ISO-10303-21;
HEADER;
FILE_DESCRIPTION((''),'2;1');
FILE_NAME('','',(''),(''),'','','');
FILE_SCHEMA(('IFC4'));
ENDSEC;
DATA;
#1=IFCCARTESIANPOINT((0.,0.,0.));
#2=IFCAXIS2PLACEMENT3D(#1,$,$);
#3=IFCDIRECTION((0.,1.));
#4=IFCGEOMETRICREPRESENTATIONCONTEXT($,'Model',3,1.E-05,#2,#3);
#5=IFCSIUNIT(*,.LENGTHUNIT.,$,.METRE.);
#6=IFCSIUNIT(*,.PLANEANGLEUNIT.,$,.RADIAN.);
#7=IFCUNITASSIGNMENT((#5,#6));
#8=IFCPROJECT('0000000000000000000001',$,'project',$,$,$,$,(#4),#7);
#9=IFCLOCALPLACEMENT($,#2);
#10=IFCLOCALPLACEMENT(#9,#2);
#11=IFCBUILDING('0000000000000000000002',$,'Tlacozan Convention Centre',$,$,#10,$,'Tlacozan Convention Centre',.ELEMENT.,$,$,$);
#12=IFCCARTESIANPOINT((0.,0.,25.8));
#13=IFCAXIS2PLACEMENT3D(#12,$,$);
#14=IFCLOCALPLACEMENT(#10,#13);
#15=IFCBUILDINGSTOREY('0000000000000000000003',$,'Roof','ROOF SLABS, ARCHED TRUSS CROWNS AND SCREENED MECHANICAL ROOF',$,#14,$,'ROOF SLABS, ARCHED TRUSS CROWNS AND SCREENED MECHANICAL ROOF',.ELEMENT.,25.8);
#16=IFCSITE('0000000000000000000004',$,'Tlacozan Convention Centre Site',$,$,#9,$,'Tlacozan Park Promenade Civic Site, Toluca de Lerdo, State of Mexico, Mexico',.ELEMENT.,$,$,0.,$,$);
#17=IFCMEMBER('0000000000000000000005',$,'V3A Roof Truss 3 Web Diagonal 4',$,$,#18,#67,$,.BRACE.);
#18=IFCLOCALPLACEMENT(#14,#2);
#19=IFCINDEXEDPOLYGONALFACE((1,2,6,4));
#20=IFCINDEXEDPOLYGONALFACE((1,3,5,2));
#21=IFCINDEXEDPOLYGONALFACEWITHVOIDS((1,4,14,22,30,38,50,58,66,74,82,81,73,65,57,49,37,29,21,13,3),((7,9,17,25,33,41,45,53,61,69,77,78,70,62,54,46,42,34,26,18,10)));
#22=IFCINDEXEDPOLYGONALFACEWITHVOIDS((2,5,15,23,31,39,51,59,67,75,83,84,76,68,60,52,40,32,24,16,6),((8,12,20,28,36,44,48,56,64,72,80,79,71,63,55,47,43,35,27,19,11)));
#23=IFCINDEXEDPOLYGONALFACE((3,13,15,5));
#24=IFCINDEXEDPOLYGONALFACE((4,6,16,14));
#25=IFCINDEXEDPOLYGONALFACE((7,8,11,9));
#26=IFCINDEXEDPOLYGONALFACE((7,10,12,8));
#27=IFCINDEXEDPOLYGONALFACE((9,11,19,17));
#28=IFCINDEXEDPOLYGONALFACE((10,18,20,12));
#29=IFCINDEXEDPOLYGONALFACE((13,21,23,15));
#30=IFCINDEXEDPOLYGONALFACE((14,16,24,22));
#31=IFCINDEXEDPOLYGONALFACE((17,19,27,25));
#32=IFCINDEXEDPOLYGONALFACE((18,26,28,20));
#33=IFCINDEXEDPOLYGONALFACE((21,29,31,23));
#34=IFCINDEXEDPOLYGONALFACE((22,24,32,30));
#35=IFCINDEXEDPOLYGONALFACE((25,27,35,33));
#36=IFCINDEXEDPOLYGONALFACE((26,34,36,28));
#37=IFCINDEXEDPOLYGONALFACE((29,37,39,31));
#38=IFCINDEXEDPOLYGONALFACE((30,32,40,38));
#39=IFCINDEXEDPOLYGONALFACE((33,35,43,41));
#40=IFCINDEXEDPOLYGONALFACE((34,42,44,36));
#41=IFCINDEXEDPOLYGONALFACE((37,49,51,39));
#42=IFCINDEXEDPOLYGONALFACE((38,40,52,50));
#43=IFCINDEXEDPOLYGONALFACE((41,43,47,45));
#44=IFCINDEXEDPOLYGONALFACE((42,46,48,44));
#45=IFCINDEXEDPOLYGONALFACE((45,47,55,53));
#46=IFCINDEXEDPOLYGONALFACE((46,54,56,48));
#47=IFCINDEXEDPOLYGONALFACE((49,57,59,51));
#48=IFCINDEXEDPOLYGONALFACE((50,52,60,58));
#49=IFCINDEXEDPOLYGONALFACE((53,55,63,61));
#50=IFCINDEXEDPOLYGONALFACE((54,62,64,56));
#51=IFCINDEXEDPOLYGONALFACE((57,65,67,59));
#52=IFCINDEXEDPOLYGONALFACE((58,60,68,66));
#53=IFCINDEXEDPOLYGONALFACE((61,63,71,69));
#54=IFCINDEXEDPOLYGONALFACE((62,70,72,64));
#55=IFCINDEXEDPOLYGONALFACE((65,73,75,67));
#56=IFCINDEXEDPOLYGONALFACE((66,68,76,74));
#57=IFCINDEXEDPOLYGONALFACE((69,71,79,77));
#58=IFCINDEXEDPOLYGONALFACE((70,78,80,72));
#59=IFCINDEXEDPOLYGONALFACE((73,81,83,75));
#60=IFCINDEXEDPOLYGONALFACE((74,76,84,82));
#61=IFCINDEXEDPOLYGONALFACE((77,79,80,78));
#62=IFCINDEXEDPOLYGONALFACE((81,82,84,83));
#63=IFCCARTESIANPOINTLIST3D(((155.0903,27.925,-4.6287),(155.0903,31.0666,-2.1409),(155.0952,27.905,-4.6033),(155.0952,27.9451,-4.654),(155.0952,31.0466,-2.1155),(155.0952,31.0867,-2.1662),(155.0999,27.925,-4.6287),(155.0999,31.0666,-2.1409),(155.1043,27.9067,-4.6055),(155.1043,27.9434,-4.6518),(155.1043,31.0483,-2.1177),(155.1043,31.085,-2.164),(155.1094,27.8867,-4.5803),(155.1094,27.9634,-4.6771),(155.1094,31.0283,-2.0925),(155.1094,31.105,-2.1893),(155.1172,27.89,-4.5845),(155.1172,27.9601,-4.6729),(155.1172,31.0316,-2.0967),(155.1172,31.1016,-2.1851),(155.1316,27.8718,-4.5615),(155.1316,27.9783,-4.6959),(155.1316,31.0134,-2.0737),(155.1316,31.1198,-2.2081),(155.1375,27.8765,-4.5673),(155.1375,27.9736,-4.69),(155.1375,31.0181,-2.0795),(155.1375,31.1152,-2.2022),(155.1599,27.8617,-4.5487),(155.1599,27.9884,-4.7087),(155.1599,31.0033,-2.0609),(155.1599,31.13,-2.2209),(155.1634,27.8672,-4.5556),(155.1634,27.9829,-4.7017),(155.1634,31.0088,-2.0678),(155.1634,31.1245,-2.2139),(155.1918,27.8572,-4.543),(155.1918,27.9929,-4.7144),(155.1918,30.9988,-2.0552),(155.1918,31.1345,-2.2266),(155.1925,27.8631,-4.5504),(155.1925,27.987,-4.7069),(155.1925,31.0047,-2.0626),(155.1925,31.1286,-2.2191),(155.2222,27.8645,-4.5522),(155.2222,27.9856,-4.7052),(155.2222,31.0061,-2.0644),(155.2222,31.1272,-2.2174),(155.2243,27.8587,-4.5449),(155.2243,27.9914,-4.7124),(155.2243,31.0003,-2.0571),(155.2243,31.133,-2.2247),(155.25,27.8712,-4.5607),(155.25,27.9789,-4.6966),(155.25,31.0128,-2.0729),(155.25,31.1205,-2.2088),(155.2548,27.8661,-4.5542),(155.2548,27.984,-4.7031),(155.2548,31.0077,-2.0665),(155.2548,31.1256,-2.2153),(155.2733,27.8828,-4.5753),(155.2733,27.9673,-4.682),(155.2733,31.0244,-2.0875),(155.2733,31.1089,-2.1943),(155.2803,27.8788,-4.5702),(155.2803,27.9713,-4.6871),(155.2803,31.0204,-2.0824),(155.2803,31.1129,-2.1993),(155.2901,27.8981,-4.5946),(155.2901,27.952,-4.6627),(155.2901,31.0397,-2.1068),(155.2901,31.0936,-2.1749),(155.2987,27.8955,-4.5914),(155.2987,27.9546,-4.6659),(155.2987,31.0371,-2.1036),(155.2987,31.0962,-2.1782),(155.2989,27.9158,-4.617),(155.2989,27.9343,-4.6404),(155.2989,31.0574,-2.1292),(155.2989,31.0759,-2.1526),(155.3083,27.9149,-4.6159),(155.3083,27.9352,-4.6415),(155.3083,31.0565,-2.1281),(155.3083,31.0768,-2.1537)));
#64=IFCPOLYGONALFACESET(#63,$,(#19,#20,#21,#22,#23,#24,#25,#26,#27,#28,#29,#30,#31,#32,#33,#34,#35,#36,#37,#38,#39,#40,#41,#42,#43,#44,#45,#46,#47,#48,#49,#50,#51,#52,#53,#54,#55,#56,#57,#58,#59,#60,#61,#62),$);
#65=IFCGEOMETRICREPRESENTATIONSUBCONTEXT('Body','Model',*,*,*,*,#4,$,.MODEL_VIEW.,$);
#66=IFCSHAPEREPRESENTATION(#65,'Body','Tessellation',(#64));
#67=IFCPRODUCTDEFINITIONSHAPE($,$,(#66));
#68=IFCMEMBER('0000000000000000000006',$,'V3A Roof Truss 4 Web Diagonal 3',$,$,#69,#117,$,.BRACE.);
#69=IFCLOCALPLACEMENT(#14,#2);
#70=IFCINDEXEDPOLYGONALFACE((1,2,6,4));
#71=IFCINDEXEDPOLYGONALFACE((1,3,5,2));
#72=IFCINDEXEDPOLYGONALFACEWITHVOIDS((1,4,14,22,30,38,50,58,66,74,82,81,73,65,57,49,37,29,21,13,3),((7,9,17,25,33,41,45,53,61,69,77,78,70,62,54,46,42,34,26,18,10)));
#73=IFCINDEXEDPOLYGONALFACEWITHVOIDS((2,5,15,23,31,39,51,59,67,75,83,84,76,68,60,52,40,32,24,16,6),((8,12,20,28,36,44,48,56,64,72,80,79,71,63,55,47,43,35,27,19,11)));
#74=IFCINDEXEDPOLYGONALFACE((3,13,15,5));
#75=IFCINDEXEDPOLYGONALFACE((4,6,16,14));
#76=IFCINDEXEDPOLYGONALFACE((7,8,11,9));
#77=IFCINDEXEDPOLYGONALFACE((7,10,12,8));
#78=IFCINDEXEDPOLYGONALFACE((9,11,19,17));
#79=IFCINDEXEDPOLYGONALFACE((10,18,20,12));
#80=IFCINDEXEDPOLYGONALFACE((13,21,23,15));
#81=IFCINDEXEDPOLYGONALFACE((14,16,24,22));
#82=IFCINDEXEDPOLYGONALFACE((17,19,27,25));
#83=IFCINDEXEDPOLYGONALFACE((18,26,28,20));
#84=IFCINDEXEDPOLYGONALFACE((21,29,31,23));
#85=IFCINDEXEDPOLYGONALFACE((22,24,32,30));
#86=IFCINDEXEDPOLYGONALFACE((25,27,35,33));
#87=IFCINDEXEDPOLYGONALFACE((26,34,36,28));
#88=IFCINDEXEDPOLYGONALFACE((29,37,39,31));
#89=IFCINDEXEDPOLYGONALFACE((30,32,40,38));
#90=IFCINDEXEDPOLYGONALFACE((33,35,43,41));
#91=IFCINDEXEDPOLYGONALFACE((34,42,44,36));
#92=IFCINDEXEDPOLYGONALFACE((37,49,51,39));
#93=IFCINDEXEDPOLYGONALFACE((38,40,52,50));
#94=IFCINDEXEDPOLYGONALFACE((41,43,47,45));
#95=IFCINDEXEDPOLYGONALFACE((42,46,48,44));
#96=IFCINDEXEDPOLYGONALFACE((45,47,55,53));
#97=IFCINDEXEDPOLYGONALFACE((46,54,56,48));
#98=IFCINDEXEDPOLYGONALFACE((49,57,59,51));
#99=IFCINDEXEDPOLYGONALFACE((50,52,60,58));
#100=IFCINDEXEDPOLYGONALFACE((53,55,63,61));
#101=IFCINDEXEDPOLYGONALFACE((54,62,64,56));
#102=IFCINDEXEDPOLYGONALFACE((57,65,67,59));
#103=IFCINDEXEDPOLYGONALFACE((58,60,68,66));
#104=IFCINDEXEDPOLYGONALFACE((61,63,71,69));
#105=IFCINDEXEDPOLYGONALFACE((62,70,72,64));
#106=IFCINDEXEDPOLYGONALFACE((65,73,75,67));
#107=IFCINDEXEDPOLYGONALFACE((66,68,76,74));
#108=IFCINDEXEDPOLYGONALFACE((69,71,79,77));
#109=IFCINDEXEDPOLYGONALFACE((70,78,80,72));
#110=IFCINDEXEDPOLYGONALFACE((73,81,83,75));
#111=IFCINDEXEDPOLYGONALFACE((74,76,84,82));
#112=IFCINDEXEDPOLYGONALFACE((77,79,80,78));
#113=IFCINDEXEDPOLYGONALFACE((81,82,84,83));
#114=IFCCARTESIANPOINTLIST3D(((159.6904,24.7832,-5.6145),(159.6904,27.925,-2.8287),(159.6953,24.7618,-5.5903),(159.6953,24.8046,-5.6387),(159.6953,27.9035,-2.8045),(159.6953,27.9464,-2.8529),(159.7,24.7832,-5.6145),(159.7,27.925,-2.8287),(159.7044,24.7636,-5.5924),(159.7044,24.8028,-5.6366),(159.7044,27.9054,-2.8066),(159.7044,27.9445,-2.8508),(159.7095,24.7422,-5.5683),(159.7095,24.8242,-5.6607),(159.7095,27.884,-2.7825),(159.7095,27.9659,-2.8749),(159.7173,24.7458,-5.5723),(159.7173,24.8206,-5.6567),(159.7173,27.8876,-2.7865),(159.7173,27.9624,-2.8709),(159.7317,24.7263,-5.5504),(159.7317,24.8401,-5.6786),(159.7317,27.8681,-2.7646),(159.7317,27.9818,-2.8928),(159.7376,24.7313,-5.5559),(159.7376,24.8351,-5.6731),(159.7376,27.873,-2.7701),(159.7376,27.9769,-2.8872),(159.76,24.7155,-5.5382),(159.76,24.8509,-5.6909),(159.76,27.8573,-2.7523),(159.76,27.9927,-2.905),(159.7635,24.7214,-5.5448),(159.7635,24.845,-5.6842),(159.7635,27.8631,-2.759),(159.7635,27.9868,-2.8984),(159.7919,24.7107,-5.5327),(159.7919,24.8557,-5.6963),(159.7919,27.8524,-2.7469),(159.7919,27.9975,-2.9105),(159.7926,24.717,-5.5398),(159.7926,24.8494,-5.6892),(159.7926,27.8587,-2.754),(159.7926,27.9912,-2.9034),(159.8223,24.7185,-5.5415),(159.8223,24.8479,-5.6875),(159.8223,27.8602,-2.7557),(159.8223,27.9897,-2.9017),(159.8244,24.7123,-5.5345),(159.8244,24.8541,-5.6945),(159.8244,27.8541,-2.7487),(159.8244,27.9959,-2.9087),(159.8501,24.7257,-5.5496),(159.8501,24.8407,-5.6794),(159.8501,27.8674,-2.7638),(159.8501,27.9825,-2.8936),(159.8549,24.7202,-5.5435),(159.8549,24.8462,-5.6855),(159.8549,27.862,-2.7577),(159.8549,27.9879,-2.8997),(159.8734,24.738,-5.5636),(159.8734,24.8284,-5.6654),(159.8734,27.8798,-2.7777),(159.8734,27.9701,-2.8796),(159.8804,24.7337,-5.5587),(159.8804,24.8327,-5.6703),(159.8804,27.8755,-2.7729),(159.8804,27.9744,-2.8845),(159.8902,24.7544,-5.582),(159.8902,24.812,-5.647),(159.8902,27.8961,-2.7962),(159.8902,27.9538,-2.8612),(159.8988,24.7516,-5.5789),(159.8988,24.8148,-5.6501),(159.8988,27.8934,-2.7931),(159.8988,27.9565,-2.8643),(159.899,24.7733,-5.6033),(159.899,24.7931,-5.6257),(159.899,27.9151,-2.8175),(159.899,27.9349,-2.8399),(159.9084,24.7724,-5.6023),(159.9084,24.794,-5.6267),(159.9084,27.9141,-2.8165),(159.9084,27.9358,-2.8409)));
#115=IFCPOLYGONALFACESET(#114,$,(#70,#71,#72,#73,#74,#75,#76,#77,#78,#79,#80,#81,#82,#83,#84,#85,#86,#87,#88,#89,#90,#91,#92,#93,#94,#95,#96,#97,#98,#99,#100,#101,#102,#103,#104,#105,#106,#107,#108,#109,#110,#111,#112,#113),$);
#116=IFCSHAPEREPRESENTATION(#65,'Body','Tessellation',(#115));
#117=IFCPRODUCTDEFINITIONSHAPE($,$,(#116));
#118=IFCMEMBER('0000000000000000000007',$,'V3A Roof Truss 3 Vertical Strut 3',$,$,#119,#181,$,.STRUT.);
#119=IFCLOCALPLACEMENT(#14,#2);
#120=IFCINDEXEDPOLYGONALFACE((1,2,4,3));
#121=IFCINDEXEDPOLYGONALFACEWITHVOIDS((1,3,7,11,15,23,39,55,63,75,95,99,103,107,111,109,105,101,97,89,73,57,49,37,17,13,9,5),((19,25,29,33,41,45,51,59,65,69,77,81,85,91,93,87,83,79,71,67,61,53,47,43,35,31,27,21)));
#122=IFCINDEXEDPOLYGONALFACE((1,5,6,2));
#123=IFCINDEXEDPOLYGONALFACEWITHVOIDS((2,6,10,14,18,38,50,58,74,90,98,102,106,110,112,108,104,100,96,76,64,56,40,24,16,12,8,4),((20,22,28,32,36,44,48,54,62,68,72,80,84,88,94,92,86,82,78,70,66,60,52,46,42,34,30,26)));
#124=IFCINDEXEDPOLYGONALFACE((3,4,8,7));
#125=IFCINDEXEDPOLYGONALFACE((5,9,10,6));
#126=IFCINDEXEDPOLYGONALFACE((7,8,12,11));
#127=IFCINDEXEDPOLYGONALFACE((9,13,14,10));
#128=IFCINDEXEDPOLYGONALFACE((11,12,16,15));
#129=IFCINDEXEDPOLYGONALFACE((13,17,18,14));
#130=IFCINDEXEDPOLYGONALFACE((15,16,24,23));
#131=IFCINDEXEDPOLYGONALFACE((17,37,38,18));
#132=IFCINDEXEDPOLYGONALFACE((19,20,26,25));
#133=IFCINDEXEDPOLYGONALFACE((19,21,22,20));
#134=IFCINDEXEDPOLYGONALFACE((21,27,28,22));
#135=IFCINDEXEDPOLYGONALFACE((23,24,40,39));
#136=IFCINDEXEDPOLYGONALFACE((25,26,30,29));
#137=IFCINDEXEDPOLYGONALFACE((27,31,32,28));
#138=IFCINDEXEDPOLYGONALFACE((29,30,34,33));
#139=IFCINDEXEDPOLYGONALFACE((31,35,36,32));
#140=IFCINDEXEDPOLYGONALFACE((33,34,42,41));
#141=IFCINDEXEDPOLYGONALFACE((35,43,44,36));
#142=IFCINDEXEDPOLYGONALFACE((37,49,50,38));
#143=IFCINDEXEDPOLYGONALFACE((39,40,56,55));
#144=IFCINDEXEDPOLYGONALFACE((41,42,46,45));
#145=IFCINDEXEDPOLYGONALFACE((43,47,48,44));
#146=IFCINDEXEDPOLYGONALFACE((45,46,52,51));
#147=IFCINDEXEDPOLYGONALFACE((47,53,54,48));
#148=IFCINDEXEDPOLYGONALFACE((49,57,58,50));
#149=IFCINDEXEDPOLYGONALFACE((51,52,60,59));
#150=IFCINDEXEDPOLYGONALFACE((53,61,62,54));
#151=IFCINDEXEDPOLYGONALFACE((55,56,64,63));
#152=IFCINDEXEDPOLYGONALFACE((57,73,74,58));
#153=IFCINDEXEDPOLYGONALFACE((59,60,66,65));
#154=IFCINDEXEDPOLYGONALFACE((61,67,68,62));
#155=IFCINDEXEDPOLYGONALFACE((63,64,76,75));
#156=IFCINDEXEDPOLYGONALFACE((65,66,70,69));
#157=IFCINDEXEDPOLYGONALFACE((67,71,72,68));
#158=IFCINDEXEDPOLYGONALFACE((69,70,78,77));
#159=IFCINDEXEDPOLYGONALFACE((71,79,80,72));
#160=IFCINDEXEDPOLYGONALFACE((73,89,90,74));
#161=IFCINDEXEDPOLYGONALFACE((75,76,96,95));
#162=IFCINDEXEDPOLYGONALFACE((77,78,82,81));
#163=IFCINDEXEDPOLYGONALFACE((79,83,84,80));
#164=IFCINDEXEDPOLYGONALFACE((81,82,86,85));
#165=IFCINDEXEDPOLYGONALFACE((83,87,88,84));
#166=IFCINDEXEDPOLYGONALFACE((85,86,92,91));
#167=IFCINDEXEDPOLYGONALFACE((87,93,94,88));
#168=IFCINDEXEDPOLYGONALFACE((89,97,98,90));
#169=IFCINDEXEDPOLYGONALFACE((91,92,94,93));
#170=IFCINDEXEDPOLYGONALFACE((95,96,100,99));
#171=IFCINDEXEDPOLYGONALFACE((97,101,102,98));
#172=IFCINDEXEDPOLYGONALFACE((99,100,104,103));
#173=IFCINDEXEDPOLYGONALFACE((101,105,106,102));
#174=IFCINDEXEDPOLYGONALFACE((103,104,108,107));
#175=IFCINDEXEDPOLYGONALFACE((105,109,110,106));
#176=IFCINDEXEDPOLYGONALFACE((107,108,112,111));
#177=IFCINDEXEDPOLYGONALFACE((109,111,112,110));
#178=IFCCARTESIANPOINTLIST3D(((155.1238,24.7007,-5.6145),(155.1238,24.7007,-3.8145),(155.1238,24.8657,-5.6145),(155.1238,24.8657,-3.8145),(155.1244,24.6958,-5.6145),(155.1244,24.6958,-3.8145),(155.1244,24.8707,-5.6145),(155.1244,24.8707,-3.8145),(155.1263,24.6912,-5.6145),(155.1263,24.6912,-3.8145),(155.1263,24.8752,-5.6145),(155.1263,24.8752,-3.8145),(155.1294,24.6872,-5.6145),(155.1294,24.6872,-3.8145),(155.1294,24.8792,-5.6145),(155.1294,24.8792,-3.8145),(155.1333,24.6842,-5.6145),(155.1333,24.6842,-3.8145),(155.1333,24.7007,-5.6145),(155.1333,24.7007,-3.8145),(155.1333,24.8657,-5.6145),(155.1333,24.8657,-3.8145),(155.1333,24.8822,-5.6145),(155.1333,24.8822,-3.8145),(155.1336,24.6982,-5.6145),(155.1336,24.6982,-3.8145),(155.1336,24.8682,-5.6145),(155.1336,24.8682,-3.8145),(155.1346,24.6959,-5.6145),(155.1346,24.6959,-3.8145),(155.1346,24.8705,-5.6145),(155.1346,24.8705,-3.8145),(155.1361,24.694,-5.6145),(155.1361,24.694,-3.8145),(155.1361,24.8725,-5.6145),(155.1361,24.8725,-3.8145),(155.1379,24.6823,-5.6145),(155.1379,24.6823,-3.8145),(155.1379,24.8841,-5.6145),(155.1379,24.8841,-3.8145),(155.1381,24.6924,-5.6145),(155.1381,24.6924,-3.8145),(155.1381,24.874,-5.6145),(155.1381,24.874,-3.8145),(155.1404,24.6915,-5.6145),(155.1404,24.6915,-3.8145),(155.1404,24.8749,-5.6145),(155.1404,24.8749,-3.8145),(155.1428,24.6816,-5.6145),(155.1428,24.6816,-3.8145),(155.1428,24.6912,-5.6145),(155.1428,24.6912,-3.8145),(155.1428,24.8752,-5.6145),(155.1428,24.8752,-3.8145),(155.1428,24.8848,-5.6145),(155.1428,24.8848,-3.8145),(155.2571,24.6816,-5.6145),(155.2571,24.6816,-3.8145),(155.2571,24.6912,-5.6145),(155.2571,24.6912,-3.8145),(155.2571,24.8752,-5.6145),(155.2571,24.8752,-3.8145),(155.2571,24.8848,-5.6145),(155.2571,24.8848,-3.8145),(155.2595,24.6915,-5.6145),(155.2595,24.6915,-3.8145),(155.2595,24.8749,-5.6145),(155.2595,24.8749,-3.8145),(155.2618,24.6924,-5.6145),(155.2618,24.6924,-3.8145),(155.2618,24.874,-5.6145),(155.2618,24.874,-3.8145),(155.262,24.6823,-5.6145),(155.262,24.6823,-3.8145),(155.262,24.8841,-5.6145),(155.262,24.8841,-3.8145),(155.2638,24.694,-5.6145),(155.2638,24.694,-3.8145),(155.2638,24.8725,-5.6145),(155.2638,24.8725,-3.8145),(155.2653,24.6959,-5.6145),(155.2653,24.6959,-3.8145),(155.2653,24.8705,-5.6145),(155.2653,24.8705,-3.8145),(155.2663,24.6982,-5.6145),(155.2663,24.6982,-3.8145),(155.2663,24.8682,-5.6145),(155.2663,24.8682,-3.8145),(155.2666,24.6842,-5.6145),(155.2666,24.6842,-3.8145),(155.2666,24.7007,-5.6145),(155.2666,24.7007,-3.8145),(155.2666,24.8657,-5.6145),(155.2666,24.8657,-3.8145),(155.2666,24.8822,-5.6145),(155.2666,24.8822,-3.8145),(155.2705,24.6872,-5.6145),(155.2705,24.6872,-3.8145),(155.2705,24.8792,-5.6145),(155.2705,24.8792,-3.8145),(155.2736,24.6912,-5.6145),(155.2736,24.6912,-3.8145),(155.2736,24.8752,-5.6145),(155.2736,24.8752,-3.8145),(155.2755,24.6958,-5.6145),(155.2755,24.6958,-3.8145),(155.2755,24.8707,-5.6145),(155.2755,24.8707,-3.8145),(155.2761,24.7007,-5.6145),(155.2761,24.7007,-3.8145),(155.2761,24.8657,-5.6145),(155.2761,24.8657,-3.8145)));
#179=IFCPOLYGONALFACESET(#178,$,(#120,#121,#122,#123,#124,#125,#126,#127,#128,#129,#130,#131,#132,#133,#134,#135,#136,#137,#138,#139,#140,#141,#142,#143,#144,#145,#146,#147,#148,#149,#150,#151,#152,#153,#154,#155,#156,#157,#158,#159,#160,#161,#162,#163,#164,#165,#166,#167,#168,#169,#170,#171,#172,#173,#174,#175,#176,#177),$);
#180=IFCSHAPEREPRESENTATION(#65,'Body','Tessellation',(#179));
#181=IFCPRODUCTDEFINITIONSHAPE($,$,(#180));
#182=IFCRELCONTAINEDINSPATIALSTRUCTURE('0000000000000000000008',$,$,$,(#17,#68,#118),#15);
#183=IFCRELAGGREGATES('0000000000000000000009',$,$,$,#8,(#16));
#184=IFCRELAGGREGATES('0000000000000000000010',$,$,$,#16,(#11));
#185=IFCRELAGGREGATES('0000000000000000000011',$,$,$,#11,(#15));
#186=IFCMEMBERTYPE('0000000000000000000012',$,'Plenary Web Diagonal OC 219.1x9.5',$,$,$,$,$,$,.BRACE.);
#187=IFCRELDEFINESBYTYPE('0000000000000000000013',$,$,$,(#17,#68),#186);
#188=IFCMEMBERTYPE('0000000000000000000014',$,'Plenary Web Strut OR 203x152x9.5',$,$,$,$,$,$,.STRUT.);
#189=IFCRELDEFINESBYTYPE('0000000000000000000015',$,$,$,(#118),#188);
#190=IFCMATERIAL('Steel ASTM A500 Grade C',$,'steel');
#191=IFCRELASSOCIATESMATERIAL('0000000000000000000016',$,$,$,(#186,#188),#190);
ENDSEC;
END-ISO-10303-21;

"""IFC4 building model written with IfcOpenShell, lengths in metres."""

from ifc_helpers import new_model, si_unit, direction, frame, origin, origin_2d, place, context, subcontext, project, spatial, hollow_rectangle, hollow_circle, extrude, material, material_profile, profile_set, type_object, element, save


model = new_model("IFC4")

# Units and contexts
model_context = context("Model", 3, precision=1e-05, world=origin(), true_north=direction((0.0, 1.0)))
body_context = subcontext(model_context, "Body", "Model", "MODEL_VIEW")
ifc_project = project(units=[si_unit("LENGTHUNIT", "METRE"), si_unit("PLANEANGLEUNIT", "RADIAN")], contexts=[model_context])

# Site, building, storey
site_placement = place(None, origin())
site = spatial("IfcSite", under=ifc_project, at=site_placement, Name="Tlacozan Convention Centre Site", LongName="Tlacozan Park Promenade Civic Site, Toluca de Lerdo, State of Mexico, Mexico", CompositionType="ELEMENT", RefElevation=0.0)
building_placement = place(site_placement, origin())
building = spatial("IfcBuilding", under=site, at=building_placement, Name="Tlacozan Convention Centre", LongName="Tlacozan Convention Centre", CompositionType="ELEMENT")
storey_placement = place(building_placement, frame((0.0, 0.0, 25.8)))
storey = spatial("IfcBuildingStorey", under=building, at=storey_placement, Name="Roof", Description="ROOF SLABS, ARCHED TRUSS CROWNS AND SCREENED MECHANICAL ROOF", LongName="ROOF SLABS, ARCHED TRUSS CROWNS AND SCREENED MECHANICAL ROOF", CompositionType="ELEMENT", Elevation=25.8)

# Members
ifc_material_1 = material(Name="Steel ASTM A500 Grade C", Category="steel")
ifc_material_profile_1 = material_profile(ifc_material_1, hollow_circle(Radius=0.1096, WallThickness=0.0095, at=origin_2d()), Name="OC 219.1x9.5")
ifc_profile_set_1 = profile_set([ifc_material_profile_1], Name="Steel ASTM A500 Grade C")
member_type_1 = type_object("IfcMemberType", Name="Plenary Web Diagonal OC 219.1x9.5", PredefinedType="BRACE", material=ifc_profile_set_1)
member_1_placement = place(storey_placement, frame((155.2, 27.925, -4.6287), z_axis=(0.0, 0.783962, 0.620809), x_axis=(-1.0, 0.0, 0.0)))
element("IfcMember", 1, at=member_1_placement, inside=storey, type_object=member_type_1, Name="V3A Roof Truss 3 Web Diagonal 4", PredefinedType="BRACE", context=body_context, shape_type="SweptSolid", body=[
    extrude(hollow_circle(Radius=0.1096, WallThickness=0.0095, at=origin_2d()), origin(), (0.0, 0.0, 1.0), 4.0073),
])
member_2_placement = place(storey_placement, frame((159.8, 24.7832, -5.6145), z_axis=(0.0, 0.74822, 0.66345), x_axis=(-1.0, 0.0, 0.0)))
element("IfcMember", 2, at=member_2_placement, inside=storey, type_object=member_type_1, Name="V3A Roof Truss 4 Web Diagonal 3", PredefinedType="BRACE", context=body_context, shape_type="SweptSolid", body=[
    extrude(hollow_circle(Radius=0.1096, WallThickness=0.0095, at=origin_2d()), origin(), (0.0, 0.0, 1.0), 4.199),
])
ifc_material_profile_2 = material_profile(ifc_material_1, hollow_rectangle(XDim=0.1523, YDim=0.2031, WallThickness=0.0095, InnerFilletRadius=0.0095, OuterFilletRadius=0.019, at=origin_2d()), Name="OR 203x152x9.5")
ifc_profile_set_2 = profile_set([ifc_material_profile_2], Name="Steel ASTM A500 Grade C")
member_type_2 = type_object("IfcMemberType", Name="Plenary Web Strut OR 203x152x9.5", PredefinedType="STRUT", material=ifc_profile_set_2)
for number, where, z_axis, x_axis, name in (
    (3, (155.2, 24.7832, -5.6145), (0.0, 0.0, 1.0), (1.0, 0.0, 0.0), "V3A Roof Truss 3 Vertical Strut 3"),
):
    element("IfcMember", number, at=place(storey_placement, frame(where, z_axis=z_axis, x_axis=x_axis)), inside=storey, type_object=member_type_2, Name=name, PredefinedType="STRUT", context=body_context, shape_type="SweptSolid", body=[
        extrude(hollow_rectangle(XDim=0.1523, YDim=0.2031, WallThickness=0.0095, InnerFilletRadius=0.0095, OuterFilletRadius=0.019, at=origin_2d()), origin(), (0.0, 0.0, 1.0), 1.8),
    ])

save(model, "model.ifc")
